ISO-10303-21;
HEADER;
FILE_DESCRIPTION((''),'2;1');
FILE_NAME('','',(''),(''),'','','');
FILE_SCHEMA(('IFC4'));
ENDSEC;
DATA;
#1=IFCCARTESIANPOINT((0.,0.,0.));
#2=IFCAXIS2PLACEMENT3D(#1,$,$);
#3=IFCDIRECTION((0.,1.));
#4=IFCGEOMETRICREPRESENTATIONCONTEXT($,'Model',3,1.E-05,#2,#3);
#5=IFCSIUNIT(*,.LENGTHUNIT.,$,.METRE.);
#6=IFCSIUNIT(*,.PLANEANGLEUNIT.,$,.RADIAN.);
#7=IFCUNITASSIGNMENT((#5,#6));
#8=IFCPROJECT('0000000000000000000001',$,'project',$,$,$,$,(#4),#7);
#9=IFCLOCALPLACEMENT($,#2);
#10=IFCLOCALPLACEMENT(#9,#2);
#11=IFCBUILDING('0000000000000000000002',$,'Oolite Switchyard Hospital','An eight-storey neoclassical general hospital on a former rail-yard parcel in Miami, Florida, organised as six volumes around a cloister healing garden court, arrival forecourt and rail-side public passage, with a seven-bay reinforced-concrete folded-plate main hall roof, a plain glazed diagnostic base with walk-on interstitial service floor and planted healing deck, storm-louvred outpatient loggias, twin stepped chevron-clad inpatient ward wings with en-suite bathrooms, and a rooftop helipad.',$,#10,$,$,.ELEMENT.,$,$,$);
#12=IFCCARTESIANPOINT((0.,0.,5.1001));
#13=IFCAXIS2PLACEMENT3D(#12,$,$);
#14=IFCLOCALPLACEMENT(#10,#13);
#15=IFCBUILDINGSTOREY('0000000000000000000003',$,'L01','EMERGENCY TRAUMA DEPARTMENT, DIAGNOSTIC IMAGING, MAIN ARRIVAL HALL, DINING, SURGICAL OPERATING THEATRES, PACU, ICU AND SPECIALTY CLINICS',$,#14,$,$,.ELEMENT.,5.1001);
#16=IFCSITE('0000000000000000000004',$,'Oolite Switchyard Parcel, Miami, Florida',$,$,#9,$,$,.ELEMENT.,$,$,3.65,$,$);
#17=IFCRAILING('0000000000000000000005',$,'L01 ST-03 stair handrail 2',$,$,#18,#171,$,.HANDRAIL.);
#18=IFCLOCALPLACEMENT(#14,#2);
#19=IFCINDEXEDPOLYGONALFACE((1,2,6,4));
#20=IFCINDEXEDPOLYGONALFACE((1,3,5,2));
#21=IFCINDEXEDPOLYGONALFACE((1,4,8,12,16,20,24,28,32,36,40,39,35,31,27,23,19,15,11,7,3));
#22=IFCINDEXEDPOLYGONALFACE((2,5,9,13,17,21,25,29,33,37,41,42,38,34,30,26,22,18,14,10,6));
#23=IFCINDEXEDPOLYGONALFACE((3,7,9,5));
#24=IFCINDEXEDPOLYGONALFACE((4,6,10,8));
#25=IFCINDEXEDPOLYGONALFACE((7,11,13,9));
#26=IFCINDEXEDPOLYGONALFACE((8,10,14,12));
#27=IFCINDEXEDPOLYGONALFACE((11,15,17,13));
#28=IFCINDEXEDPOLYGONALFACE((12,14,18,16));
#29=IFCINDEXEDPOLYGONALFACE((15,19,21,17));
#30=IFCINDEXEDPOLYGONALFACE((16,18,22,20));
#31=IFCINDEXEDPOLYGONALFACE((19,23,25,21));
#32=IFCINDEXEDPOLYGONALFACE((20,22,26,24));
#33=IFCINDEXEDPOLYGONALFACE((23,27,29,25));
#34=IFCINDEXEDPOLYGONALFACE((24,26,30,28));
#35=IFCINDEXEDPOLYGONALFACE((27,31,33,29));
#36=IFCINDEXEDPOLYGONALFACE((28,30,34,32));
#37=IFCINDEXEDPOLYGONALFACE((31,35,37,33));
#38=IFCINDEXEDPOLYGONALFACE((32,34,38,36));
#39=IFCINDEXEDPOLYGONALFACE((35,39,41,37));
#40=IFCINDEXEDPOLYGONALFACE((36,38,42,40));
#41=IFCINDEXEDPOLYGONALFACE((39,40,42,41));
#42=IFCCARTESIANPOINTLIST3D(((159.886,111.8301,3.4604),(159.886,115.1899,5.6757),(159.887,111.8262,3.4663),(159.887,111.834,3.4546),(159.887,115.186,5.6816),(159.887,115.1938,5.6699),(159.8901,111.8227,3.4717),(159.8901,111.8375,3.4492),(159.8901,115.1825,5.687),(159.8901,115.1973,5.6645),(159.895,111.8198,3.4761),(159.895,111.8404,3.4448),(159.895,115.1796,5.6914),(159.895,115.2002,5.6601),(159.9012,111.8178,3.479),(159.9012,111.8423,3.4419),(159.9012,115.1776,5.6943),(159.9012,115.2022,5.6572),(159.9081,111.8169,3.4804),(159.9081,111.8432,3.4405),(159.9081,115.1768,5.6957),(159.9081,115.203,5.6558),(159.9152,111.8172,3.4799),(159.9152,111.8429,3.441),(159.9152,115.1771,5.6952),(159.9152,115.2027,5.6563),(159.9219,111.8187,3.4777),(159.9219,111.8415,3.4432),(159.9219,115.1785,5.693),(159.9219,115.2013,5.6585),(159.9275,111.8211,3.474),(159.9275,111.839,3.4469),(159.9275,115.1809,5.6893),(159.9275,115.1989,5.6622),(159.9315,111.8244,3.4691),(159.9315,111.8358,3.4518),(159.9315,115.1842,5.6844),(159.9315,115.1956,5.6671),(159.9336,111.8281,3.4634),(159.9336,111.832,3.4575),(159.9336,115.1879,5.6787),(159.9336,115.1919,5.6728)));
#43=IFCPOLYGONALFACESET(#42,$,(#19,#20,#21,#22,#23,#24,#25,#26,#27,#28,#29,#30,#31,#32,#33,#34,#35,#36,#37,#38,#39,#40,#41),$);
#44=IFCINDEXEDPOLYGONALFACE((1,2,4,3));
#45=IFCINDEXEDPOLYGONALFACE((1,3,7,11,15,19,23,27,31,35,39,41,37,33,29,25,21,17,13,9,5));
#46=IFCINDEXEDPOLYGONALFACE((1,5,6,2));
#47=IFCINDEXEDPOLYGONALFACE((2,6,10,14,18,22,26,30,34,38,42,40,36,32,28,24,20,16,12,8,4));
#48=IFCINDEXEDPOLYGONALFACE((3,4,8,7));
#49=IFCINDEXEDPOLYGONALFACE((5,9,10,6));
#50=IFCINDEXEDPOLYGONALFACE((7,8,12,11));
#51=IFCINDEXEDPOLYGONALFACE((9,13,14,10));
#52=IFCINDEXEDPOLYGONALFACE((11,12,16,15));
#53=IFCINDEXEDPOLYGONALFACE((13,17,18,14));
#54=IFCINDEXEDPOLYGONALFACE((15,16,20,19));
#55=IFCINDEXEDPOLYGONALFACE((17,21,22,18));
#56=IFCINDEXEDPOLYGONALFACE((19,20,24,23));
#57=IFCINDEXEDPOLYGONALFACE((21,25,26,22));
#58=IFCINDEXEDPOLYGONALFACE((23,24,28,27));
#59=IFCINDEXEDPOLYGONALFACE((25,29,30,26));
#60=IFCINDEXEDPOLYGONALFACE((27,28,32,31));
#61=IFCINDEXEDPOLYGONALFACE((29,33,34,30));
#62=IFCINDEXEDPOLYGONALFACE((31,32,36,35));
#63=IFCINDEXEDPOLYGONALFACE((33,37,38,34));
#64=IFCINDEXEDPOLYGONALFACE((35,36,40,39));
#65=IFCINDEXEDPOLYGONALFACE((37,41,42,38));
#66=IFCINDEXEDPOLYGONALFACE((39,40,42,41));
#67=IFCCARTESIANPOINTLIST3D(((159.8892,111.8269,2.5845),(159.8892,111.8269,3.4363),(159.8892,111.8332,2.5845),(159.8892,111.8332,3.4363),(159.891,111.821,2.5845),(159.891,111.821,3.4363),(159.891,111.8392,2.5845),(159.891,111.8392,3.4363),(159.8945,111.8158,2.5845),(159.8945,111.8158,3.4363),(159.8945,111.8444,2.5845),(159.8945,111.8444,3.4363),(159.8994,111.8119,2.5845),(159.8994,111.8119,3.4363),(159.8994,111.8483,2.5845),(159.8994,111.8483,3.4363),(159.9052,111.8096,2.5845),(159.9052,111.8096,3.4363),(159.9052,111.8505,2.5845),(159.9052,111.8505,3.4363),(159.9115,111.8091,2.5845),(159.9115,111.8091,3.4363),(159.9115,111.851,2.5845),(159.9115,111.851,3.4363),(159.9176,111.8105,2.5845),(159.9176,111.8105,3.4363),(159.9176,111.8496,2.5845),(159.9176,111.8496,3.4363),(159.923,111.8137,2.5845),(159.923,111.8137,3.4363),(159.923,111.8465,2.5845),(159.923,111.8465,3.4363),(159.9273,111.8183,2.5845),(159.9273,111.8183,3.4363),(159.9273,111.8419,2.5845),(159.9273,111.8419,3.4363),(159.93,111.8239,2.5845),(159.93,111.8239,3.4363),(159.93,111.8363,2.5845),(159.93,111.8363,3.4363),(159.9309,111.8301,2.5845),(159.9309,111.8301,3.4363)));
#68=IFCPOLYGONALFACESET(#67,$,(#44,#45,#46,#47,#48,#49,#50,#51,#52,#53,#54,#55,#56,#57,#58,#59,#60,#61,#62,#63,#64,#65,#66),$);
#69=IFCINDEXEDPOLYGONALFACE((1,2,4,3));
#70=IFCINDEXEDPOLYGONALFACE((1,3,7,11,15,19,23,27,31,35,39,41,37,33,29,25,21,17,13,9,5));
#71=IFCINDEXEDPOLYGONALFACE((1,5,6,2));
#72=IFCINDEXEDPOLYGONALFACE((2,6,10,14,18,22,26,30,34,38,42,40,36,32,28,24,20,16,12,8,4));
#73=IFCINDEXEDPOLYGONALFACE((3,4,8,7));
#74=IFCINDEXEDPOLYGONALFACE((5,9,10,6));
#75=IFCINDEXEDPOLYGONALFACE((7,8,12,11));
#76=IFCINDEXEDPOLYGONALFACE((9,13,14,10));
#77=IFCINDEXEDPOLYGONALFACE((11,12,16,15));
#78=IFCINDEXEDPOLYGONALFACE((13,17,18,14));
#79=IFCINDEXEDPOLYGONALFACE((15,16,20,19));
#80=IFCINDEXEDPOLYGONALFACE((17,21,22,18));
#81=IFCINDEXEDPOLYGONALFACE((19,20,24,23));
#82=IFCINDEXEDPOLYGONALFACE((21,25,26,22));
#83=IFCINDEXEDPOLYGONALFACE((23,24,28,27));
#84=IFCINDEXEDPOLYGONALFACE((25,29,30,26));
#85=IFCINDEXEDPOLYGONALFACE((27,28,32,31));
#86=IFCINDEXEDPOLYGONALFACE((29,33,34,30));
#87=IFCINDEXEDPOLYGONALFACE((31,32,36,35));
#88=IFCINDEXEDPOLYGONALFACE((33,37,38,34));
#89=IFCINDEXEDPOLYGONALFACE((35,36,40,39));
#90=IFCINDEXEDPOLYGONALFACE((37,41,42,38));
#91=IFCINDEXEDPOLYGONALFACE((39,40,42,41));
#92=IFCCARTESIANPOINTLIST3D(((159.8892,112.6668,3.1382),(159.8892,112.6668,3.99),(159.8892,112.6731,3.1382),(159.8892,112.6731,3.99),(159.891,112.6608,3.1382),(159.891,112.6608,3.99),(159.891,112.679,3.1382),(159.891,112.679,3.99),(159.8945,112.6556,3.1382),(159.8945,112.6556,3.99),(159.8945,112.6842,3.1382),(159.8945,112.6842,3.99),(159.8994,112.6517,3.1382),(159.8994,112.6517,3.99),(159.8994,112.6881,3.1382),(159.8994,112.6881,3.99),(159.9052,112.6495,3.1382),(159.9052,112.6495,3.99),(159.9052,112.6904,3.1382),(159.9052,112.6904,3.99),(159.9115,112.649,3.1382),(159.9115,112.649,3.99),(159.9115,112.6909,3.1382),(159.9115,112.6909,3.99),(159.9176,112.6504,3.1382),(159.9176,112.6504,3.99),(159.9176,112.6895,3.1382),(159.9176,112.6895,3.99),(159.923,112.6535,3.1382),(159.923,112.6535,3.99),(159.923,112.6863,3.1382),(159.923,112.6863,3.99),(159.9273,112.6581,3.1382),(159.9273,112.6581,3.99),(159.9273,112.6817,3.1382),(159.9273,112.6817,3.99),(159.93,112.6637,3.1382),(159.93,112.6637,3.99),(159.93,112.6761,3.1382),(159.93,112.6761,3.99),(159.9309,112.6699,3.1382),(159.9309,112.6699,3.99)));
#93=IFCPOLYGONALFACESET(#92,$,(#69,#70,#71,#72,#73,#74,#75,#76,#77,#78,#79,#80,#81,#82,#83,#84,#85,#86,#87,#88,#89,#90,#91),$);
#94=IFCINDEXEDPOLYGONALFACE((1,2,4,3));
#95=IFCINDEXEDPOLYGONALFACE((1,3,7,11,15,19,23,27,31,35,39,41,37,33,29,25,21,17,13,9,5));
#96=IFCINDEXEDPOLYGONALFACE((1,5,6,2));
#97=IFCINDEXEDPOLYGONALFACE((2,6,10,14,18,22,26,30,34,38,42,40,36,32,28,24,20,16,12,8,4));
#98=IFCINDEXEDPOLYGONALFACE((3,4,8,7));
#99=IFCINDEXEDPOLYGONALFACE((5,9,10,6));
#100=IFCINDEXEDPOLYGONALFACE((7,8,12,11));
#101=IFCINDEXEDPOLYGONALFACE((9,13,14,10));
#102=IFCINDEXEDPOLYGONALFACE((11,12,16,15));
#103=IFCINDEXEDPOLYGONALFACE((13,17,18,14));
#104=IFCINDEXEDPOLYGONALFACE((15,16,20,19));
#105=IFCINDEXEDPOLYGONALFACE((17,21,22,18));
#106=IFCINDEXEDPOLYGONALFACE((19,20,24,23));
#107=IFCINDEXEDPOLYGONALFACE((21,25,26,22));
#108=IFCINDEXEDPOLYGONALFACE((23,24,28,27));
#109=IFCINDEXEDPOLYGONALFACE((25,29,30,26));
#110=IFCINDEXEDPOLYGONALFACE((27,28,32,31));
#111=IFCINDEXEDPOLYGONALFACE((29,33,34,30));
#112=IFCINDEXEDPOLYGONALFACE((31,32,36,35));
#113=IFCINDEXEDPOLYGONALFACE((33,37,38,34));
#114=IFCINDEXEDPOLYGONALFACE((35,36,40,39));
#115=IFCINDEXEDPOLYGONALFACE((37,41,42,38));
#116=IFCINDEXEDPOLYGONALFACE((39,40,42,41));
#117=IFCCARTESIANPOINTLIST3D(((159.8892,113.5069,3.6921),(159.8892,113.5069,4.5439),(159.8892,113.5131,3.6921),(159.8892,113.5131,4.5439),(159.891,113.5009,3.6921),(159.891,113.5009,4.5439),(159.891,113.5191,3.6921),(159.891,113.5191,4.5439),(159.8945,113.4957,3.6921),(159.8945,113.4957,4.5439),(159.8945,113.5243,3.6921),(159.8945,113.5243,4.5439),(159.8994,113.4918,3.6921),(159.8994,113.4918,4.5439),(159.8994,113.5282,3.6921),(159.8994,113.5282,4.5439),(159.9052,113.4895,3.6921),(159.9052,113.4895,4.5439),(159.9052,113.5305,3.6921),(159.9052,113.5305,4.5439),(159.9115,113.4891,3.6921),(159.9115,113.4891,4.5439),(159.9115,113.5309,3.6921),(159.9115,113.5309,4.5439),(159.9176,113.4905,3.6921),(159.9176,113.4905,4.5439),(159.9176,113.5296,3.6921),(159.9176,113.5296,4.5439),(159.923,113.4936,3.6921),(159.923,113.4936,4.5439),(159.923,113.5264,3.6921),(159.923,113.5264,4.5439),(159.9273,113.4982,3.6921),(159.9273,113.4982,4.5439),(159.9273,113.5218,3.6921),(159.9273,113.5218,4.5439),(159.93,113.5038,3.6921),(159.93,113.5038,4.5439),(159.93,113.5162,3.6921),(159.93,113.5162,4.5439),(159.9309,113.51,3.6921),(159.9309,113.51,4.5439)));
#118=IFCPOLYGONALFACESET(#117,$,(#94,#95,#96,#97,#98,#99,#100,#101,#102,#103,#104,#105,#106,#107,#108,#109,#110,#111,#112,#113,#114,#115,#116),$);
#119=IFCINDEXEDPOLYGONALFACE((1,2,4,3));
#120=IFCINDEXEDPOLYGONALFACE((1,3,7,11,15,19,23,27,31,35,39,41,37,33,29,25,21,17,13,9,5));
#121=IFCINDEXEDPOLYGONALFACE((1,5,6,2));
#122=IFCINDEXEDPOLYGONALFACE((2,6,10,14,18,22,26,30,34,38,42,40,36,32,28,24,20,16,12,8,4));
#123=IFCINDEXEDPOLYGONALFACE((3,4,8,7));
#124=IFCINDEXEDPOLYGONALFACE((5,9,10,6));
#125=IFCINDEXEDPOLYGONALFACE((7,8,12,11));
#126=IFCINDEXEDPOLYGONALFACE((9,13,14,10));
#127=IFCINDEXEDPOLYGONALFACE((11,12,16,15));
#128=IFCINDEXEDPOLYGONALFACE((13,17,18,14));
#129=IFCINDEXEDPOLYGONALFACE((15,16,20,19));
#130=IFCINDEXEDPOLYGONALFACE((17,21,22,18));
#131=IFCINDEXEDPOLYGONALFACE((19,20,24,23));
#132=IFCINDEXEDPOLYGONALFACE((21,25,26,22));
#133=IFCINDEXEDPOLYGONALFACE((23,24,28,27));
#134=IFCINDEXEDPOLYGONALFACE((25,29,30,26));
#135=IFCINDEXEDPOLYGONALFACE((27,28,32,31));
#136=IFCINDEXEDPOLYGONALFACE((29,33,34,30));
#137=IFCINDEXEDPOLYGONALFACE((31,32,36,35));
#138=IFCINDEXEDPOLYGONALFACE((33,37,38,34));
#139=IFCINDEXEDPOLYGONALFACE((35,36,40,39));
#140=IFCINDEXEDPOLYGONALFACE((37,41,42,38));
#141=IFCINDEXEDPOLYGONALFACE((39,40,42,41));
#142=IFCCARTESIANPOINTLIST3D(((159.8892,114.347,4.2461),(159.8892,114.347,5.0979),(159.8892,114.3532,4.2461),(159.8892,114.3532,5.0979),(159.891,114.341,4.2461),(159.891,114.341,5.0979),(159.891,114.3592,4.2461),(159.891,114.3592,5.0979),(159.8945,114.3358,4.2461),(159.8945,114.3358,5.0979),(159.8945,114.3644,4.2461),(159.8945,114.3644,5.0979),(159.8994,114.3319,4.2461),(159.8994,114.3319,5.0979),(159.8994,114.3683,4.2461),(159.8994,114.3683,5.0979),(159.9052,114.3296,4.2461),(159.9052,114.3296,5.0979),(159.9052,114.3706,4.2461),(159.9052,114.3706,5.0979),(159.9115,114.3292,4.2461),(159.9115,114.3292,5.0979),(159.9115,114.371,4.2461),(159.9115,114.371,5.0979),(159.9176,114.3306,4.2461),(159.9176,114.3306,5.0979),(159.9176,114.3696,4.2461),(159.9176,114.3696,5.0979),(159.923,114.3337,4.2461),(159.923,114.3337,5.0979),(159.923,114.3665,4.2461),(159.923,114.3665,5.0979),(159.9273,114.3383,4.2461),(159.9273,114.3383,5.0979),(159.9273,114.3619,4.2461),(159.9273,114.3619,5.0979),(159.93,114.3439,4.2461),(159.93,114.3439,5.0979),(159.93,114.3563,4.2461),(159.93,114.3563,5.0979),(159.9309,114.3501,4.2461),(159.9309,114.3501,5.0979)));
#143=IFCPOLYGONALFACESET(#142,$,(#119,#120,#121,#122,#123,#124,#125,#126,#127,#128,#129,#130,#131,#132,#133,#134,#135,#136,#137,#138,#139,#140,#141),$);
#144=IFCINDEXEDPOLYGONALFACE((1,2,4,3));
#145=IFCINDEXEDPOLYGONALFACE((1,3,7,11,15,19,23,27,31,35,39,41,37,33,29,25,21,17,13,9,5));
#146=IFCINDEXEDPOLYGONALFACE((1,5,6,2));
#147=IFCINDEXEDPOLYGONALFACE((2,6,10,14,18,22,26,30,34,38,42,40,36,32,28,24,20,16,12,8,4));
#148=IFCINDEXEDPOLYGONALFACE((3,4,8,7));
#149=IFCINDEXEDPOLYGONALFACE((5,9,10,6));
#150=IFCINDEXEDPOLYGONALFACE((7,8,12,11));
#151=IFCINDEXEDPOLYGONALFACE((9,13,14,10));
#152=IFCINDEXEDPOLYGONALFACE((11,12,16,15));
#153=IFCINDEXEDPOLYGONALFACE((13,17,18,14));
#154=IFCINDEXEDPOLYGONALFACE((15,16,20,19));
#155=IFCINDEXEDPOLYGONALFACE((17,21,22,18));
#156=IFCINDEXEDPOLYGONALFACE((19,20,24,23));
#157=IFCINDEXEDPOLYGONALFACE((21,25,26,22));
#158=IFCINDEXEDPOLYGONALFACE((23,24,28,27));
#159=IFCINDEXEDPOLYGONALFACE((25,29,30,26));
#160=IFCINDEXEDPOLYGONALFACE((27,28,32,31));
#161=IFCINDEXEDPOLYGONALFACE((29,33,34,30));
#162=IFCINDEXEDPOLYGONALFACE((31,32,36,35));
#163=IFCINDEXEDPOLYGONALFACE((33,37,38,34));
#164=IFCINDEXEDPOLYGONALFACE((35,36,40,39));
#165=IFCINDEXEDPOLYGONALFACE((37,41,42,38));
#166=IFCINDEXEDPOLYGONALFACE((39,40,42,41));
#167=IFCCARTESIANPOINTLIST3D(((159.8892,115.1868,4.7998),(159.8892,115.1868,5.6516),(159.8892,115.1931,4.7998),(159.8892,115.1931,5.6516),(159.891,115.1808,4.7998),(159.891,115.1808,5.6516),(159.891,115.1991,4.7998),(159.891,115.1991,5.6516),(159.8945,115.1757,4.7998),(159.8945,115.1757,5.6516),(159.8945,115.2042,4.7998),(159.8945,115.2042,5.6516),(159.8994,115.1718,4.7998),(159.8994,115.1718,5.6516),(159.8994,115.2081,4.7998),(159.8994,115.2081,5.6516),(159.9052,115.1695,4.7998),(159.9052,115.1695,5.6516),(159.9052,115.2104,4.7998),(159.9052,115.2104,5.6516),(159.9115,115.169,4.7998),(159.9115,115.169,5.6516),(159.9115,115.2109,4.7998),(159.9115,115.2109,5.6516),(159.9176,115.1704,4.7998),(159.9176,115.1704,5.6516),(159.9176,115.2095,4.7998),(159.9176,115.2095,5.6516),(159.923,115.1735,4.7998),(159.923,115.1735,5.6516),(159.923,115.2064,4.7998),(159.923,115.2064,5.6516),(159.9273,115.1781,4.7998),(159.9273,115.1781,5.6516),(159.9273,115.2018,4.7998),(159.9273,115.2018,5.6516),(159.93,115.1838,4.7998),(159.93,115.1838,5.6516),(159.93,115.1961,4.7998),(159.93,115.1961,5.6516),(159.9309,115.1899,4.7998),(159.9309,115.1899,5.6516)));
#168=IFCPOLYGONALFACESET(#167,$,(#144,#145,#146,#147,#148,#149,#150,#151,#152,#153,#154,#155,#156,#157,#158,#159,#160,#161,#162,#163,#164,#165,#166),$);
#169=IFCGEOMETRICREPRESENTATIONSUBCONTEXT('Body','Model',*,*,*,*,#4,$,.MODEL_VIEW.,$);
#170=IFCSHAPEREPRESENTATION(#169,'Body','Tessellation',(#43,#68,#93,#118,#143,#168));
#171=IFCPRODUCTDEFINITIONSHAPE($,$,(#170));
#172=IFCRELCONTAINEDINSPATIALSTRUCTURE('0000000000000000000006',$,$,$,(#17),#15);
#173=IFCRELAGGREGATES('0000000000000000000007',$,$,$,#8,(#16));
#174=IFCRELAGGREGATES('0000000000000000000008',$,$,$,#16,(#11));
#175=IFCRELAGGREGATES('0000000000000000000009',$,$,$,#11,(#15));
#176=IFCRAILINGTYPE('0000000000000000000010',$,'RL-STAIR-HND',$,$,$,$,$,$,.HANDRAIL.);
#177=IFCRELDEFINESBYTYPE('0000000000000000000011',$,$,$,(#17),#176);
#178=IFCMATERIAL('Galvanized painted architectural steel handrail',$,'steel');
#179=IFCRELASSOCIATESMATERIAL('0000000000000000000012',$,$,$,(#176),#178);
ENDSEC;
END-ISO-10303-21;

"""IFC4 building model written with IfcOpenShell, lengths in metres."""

from ifc_helpers import new_model, si_unit, direction, frame, origin, origin_2d, place, context, subcontext, project, spatial, circle, extrude, material, type_object, element, save


model = new_model("IFC4")

# Units and contexts
model_context = context("Model", 3, precision=1e-05, world=origin(), true_north=direction((0.0, 1.0)))
body_context = subcontext(model_context, "Body", "Model", "MODEL_VIEW")
ifc_project = project(units=[si_unit("LENGTHUNIT", "METRE"), si_unit("PLANEANGLEUNIT", "RADIAN")], contexts=[model_context])

# Site, building, storey
site_placement = place(None, origin())
site = spatial("IfcSite", under=ifc_project, at=site_placement, Name="Oolite Switchyard Parcel, Miami, Florida", CompositionType="ELEMENT", RefElevation=3.65)
building_placement = place(site_placement, origin())
building = spatial("IfcBuilding", under=site, at=building_placement, Name="Oolite Switchyard Hospital", Description="An eight-storey neoclassical general hospital on a former rail-yard parcel in Miami, Florida, organised as six volumes around a cloister healing garden court, arrival forecourt and rail-side public passage, with a seven-bay reinforced-concrete folded-plate main hall roof, a plain glazed diagnostic base with walk-on interstitial service floor and planted healing deck, storm-louvred outpatient loggias, twin stepped chevron-clad inpatient ward wings with en-suite bathrooms, and a rooftop helipad.", CompositionType="ELEMENT")
storey_placement = place(building_placement, frame((0.0, 0.0, 5.1001)))
storey = spatial("IfcBuildingStorey", under=building, at=storey_placement, Name="L01", Description="EMERGENCY TRAUMA DEPARTMENT, DIAGNOSTIC IMAGING, MAIN ARRIVAL HALL, DINING, SURGICAL OPERATING THEATRES, PACU, ICU AND SPECIALTY CLINICS", CompositionType="ELEMENT", Elevation=5.1001)

# Railing
ifc_material_1 = material(Name="Galvanized painted architectural steel handrail", Category="steel")
railing_type_1 = type_object("IfcRailingType", Name="RL-STAIR-HND", PredefinedType="HANDRAIL", material=ifc_material_1)
railing_1_placement = place(storey_placement, frame((159.9099, 111.8301, 2.5845)))
element("IfcRailing", 1, at=railing_1_placement, inside=storey, type_object=railing_type_1, Name="L01 ST-03 stair handrail 2", PredefinedType="HANDRAIL", context=body_context, shape_type="SweptSolid", body=[
    extrude(circle(Radius=0.0239, at=origin_2d()), frame((0.0, 0.0, 0.876), z_axis=(0.0, 0.834858, 0.550465), x_axis=(-1.0, 0.0, 0.0)), (0.0, 0.0, 1.0), 4.0244),
    extrude(circle(Radius=0.021, at=origin_2d()), origin(), (0.0, 0.0, 1.0), 0.8518),
    extrude(circle(Radius=0.021, at=origin_2d()), frame((0.0, 0.8398, 0.5537)), (0.0, 0.0, 1.0), 0.8518),
    extrude(circle(Radius=0.021, at=origin_2d()), frame((0.0, 1.6799, 1.1077)), (0.0, 0.0, 1.0), 0.8518),
    extrude(circle(Radius=0.021, at=origin_2d()), frame((0.0, 2.52, 1.6616)), (0.0, 0.0, 1.0), 0.8518),
    extrude(circle(Radius=0.021, at=origin_2d()), frame((0.0, 3.3599, 2.2153)), (0.0, 0.0, 1.0), 0.8518),
])

save(model, "model.ifc")
